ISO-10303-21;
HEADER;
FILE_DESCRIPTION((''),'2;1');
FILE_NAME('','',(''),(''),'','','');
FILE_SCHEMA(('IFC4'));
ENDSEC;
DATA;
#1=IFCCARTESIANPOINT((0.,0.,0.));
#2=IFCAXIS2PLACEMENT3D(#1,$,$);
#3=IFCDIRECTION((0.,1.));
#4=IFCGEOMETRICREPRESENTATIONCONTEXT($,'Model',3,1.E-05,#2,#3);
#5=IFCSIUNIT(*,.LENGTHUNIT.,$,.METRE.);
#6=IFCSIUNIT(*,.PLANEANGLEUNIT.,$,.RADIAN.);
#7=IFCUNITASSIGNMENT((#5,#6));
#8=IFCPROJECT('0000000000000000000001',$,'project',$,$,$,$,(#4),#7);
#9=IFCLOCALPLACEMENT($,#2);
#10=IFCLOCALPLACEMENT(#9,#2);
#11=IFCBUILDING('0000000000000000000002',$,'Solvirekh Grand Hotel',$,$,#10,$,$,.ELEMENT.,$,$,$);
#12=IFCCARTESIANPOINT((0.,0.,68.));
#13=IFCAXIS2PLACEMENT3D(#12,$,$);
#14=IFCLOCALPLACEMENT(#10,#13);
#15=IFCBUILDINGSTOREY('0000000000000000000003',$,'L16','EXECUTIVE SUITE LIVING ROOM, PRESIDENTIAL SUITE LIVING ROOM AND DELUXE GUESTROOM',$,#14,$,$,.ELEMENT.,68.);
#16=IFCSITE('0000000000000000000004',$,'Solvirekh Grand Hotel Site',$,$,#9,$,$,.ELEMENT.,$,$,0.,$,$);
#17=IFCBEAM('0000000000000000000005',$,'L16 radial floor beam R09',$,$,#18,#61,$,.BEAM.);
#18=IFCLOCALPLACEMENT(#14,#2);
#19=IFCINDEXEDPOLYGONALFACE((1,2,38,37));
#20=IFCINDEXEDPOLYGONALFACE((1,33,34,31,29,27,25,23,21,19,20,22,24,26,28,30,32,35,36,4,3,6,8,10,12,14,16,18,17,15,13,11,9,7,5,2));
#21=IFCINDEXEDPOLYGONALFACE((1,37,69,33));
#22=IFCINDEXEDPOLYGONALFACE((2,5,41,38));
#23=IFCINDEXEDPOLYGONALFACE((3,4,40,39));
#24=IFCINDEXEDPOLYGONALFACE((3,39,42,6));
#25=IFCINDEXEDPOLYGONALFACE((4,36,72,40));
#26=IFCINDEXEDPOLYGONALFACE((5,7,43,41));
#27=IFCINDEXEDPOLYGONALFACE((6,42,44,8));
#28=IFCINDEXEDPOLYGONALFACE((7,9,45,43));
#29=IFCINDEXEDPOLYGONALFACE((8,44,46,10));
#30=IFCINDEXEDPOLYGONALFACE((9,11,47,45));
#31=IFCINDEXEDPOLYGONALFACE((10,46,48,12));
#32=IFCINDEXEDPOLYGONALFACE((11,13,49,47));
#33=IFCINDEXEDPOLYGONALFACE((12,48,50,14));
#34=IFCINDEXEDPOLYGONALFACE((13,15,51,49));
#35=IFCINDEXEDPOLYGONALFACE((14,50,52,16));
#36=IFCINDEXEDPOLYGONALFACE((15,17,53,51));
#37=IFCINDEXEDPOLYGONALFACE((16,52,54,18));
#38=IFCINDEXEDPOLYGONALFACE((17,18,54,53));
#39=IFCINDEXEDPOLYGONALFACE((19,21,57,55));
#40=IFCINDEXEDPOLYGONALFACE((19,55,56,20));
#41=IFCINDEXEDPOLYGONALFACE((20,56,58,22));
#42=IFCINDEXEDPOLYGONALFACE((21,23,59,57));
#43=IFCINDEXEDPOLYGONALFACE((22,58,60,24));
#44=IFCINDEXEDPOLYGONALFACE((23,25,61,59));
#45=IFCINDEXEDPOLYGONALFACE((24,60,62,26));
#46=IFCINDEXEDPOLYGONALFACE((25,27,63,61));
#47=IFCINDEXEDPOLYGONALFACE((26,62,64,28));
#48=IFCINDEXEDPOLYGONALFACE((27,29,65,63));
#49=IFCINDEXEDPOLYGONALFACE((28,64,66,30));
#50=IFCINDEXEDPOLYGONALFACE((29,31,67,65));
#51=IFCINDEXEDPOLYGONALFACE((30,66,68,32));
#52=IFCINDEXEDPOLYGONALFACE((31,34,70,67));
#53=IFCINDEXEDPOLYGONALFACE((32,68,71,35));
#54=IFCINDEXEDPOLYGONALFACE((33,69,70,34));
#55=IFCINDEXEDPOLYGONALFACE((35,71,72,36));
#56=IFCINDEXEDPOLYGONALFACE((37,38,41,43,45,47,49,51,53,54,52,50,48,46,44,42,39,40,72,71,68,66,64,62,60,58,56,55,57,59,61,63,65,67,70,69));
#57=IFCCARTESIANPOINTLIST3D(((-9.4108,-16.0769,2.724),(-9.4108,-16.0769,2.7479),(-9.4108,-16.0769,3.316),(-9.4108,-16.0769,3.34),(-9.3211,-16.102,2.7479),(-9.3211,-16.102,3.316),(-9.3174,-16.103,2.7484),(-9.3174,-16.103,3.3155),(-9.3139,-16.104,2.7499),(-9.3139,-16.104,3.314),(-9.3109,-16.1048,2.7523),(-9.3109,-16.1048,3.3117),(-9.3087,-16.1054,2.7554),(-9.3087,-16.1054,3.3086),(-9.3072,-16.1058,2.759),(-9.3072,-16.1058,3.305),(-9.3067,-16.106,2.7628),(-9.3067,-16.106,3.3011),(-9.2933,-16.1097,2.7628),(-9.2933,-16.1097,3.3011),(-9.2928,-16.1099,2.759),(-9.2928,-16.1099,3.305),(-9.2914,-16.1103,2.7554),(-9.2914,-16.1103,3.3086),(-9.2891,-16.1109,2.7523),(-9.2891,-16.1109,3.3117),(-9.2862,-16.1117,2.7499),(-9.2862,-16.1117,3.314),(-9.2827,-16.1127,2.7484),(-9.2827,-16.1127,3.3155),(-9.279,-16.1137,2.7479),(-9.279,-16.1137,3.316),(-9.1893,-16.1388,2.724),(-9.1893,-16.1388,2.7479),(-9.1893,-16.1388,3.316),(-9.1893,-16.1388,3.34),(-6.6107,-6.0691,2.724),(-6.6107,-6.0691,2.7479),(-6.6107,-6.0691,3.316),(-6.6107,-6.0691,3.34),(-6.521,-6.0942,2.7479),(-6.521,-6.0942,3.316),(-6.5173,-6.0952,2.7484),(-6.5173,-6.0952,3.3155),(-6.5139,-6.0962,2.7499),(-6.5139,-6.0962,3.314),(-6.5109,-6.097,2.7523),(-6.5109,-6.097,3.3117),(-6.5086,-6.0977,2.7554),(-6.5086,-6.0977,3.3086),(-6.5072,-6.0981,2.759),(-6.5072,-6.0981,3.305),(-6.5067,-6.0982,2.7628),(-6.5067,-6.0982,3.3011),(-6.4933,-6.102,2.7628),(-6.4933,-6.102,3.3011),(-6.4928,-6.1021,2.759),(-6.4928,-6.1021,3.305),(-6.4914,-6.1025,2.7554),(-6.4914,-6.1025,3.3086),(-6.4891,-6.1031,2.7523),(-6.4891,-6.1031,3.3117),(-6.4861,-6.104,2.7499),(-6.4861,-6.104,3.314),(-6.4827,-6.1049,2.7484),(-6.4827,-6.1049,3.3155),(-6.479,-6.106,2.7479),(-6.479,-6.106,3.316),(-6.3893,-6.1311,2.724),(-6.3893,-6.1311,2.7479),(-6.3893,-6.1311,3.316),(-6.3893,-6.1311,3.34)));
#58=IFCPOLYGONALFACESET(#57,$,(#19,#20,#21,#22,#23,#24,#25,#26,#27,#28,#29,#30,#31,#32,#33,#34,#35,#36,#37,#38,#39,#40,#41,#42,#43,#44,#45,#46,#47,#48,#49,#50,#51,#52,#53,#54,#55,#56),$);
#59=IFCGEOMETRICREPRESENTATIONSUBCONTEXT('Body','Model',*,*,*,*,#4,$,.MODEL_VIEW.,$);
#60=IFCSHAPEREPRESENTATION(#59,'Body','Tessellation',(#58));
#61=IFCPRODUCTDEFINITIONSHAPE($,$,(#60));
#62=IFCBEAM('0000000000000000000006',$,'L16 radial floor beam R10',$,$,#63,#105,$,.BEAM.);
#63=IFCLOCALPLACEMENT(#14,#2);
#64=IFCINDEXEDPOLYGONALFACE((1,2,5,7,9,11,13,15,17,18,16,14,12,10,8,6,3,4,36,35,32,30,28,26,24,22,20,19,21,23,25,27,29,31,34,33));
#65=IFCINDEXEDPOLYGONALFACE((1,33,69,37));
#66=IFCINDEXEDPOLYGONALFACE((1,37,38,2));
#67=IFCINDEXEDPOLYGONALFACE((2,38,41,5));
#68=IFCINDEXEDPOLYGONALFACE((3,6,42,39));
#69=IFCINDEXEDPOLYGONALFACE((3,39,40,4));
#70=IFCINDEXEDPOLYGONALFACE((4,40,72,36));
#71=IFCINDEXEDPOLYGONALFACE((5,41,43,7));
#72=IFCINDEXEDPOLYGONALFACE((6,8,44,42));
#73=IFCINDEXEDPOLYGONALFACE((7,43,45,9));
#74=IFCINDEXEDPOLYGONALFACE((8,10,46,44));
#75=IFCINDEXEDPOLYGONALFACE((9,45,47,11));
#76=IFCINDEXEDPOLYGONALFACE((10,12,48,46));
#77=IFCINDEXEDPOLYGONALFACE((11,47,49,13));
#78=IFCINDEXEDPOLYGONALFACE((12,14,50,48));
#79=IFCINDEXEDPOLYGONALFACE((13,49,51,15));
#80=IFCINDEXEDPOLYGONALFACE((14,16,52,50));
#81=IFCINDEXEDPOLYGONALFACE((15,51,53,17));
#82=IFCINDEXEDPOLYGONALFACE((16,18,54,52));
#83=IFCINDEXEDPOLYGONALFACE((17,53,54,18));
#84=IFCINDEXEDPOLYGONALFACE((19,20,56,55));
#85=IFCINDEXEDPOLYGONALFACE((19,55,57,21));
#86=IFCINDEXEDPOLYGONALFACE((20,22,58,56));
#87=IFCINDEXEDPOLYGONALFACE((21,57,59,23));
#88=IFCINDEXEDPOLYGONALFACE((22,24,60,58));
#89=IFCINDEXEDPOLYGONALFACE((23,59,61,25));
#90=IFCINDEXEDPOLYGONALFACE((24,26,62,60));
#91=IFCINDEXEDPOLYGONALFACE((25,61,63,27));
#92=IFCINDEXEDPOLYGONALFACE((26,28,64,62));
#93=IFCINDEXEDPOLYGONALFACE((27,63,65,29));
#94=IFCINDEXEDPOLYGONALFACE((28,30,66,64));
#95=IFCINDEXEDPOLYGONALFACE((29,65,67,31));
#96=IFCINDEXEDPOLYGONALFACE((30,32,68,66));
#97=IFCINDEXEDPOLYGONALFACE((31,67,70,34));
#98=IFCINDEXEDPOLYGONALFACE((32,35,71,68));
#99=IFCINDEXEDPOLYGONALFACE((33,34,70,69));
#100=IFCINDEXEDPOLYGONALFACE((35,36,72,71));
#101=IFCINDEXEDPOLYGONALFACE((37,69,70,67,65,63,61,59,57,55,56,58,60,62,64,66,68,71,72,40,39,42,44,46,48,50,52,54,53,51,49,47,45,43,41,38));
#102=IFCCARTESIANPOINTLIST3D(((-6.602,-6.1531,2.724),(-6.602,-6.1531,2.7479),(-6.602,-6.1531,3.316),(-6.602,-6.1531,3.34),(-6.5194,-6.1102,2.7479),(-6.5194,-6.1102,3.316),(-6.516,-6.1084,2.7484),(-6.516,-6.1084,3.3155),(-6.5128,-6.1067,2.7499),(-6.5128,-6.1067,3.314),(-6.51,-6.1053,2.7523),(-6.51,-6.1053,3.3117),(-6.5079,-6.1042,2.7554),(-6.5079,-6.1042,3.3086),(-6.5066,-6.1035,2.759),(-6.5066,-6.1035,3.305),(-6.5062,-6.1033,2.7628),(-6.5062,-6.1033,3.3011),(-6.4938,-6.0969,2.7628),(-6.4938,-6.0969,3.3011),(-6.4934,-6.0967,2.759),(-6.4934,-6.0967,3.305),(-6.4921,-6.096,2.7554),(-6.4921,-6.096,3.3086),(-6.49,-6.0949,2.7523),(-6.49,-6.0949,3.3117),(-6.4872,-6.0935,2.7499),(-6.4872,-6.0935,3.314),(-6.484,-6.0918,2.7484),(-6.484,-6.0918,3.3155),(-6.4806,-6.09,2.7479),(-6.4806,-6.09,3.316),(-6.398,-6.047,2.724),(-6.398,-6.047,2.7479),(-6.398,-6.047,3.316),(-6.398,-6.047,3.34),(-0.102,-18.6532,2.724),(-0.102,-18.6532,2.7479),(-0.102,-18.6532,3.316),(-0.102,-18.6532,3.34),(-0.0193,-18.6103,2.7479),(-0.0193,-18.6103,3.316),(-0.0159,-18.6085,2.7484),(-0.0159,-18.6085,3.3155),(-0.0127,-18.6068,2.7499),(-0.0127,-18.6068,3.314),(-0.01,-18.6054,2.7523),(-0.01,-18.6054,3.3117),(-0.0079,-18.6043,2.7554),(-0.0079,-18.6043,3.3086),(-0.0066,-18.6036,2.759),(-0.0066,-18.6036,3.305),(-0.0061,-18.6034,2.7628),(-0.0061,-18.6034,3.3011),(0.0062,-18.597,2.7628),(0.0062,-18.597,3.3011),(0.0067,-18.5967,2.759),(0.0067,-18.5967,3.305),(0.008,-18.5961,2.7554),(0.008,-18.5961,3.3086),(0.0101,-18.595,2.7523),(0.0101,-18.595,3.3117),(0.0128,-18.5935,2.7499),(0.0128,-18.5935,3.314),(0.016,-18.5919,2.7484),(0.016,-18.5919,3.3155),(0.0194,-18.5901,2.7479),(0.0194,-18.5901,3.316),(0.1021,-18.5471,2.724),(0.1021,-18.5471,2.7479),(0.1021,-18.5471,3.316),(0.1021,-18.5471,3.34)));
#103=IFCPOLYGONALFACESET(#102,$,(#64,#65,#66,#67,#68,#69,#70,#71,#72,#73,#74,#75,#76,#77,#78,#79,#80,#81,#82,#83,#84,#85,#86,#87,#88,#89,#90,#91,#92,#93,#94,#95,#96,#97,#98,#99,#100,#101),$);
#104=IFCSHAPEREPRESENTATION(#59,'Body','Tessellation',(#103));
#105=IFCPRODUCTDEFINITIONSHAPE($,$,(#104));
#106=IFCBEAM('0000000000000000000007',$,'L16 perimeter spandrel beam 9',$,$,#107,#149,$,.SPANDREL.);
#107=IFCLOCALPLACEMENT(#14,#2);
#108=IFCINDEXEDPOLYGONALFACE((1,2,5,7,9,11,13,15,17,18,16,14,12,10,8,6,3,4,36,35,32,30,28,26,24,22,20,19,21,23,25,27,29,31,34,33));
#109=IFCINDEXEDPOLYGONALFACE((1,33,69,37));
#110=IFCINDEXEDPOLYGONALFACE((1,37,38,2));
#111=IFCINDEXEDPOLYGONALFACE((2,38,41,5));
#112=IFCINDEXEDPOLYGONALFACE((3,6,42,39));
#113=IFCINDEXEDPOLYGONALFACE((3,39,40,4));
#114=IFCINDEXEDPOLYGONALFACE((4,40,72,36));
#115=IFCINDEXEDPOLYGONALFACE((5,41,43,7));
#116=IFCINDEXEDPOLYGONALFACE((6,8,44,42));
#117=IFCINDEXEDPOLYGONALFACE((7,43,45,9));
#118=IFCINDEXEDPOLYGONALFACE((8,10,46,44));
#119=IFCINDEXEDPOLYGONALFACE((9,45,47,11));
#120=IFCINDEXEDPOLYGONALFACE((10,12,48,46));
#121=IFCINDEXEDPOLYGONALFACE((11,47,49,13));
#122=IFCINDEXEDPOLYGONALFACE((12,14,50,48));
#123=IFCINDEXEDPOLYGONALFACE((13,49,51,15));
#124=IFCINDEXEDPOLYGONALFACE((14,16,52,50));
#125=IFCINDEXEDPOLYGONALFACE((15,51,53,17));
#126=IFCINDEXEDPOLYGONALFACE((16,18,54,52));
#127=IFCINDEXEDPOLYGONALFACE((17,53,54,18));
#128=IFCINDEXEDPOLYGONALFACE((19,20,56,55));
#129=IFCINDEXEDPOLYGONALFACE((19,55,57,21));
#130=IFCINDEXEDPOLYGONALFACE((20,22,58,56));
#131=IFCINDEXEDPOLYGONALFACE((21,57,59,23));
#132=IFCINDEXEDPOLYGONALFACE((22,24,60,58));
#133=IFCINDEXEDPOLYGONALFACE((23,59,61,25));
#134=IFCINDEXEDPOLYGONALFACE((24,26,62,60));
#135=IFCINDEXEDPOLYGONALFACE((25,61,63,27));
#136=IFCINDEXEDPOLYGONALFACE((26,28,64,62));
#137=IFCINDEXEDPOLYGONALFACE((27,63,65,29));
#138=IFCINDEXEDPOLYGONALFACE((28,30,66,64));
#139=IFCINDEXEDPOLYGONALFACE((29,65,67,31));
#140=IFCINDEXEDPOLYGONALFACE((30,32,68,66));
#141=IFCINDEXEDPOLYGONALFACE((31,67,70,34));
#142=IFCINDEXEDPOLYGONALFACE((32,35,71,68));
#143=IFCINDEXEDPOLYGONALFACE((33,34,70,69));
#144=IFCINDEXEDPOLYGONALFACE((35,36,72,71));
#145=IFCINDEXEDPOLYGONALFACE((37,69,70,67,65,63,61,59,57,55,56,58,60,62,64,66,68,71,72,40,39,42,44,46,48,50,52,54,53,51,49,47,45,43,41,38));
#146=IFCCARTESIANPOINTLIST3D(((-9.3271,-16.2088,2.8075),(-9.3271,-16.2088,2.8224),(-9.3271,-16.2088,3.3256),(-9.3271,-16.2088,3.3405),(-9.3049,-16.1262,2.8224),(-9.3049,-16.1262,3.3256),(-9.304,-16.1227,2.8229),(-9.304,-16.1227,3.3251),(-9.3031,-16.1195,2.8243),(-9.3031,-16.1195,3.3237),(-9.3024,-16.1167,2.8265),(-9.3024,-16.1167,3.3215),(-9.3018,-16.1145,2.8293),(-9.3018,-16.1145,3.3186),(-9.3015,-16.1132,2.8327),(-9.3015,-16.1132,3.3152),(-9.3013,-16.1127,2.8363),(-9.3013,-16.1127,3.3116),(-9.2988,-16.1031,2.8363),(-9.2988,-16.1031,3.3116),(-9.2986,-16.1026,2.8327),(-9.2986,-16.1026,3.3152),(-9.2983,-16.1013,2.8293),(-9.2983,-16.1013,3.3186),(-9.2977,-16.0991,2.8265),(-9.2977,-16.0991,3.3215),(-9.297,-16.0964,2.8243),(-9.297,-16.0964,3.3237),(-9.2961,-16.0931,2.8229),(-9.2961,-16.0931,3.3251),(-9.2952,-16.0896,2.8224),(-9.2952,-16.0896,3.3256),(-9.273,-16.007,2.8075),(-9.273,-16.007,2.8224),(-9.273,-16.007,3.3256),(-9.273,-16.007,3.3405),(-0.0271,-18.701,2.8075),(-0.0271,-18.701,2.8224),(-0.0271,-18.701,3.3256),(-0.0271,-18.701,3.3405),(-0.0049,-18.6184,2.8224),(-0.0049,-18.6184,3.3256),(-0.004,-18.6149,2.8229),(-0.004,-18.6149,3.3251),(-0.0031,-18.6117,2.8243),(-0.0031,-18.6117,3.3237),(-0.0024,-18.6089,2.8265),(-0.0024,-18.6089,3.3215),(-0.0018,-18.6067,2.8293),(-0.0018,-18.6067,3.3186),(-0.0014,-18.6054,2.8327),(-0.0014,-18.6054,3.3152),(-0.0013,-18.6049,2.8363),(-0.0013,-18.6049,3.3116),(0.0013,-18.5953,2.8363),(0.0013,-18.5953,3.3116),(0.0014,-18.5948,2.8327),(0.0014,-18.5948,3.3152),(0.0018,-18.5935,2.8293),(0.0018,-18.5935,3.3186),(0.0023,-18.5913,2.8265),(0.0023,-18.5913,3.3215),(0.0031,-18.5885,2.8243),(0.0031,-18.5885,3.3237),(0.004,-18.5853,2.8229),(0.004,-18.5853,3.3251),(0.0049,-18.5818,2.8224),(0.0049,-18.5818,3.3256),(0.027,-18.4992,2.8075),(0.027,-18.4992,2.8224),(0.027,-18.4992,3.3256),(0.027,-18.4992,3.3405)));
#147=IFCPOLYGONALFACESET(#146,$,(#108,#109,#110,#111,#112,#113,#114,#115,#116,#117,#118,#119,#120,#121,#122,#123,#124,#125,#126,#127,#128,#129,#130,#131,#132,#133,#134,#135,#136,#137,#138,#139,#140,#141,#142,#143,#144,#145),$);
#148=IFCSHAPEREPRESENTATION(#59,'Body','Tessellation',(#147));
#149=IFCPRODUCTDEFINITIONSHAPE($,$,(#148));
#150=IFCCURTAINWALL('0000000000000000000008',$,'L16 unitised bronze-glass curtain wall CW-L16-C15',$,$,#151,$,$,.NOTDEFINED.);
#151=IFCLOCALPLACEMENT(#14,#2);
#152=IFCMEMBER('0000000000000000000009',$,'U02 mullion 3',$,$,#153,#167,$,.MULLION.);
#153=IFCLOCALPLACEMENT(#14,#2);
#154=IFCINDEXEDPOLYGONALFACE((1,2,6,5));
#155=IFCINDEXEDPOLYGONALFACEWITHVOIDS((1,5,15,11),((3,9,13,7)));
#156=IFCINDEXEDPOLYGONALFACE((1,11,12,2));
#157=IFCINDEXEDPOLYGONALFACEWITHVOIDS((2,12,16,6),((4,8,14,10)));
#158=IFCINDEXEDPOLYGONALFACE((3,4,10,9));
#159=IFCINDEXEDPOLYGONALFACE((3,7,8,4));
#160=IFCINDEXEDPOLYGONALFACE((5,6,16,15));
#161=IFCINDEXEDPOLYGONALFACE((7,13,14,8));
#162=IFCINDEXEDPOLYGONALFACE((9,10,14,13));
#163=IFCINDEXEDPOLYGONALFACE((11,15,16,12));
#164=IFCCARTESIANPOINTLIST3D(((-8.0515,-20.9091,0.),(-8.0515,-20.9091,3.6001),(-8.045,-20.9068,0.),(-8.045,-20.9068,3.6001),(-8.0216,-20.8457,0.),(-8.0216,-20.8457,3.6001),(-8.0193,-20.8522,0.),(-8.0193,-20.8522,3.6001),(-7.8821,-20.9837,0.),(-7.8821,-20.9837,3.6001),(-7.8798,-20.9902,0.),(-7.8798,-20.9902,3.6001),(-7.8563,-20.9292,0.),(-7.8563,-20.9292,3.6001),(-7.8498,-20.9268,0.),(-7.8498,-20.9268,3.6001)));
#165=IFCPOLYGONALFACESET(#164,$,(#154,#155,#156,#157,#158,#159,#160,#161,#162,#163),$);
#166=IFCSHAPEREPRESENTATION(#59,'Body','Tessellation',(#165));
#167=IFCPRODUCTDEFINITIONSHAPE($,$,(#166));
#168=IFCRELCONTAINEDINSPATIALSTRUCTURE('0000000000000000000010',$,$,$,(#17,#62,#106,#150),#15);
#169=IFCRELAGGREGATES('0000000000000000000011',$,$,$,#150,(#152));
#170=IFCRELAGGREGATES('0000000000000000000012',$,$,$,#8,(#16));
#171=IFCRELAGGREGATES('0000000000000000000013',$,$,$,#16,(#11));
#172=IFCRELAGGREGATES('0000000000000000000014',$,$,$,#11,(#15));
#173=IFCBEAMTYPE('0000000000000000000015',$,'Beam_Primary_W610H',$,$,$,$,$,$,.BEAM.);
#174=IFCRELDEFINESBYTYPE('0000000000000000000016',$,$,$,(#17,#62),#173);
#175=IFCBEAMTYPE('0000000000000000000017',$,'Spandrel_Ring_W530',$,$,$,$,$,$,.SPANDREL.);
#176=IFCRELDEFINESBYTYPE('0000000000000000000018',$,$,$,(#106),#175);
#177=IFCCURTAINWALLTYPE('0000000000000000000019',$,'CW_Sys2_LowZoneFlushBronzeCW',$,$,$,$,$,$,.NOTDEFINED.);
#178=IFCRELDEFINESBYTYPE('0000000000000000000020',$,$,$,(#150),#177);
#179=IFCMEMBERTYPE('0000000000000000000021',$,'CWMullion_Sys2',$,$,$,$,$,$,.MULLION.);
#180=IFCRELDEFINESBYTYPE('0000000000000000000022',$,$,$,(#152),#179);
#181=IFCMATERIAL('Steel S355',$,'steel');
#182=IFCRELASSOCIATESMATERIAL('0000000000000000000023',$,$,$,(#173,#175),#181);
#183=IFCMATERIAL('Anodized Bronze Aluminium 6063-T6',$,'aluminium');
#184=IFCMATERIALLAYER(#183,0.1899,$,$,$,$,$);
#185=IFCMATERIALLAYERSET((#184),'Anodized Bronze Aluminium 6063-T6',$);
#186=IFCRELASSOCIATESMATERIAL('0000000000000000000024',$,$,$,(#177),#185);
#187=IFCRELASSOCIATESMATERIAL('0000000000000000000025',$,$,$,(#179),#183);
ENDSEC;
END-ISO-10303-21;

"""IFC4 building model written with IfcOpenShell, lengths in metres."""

from ifc_helpers import new_model, si_unit, direction, frame, origin, origin_2d, place, context, subcontext, project, spatial, hollow_rectangle, i_section, extrude, source, transform, mapped, material, layer, layer_set, material_profile, profile_set, type_object, element, aggregate, save


model = new_model("IFC4")

# Units and contexts
model_context = context("Model", 3, precision=1e-05, world=origin(), true_north=direction((0.0, 1.0)))
body_context = subcontext(model_context, "Body", "Model", "MODEL_VIEW")
ifc_project = project(units=[si_unit("LENGTHUNIT", "METRE"), si_unit("PLANEANGLEUNIT", "RADIAN")], contexts=[model_context])

# Site, building, storey
site_placement = place(None, origin())
site = spatial("IfcSite", under=ifc_project, at=site_placement, Name="Solvirekh Grand Hotel Site", CompositionType="ELEMENT", RefElevation=0.0)
building_placement = place(site_placement, origin())
building = spatial("IfcBuilding", under=site, at=building_placement, Name="Solvirekh Grand Hotel", CompositionType="ELEMENT")
storey_placement = place(building_placement, frame((0.0, 0.0, 68.0)))
storey = spatial("IfcBuildingStorey", under=building, at=storey_placement, Name="L16", Description="EXECUTIVE SUITE LIVING ROOM, PRESIDENTIAL SUITE LIVING ROOM AND DELUXE GUESTROOM", CompositionType="ELEMENT", Elevation=68.0)

# Beams
ifc_material_1 = material(Name="Steel S355", Category="steel")
ifc_material_profile_1 = material_profile(ifc_material_1, i_section(OverallWidth=0.23, OverallDepth=0.616, WebThickness=0.0139, FlangeThickness=0.0239, FilletRadius=0.0149, at=origin_2d()), Name="W610X174")
ifc_profile_set_1 = profile_set([ifc_material_profile_1], Name="Steel S355")
beam_type_1 = type_object("IfcBeamType", Name="Beam_Primary_W610H", PredefinedType="BEAM", material=ifc_profile_set_1)
beam_1_placement = place(storey_placement, frame((-6.5, -6.1001, 3.032), z_axis=(-0.269439, -0.963017, 0.0), x_axis=(0.963017, -0.269439, 0.0)))
element("IfcBeam", 1, at=beam_1_placement, inside=storey, type_object=beam_type_1, Name="L16 radial floor beam R09", PredefinedType="BEAM", context=body_context, shape_type="SweptSolid", body=[
    extrude(i_section(OverallWidth=0.23, OverallDepth=0.616, WebThickness=0.0139, FlangeThickness=0.0239, FilletRadius=0.0149, at=origin_2d()), origin(), (0.0, 0.0, 1.0), 10.3921),
])
beam_2_placement = place(storey_placement, frame((-6.5, -6.1001, 3.032), z_axis=(0.461353, -0.887217, 0.0), x_axis=(0.887217, 0.461353, 0.0)))
element("IfcBeam", 2, at=beam_2_placement, inside=storey, type_object=beam_type_1, Name="L16 radial floor beam R10", PredefinedType="BEAM", context=body_context, shape_type="SweptSolid", body=[
    extrude(i_section(OverallWidth=0.23, OverallDepth=0.616, WebThickness=0.0139, FlangeThickness=0.0239, FilletRadius=0.0149, at=origin_2d()), origin(), (0.0, 0.0, 1.0), 14.0891),
])
ifc_material_profile_2 = material_profile(ifc_material_1, i_section(OverallWidth=0.209, OverallDepth=0.533, WebThickness=0.01, FlangeThickness=0.0149, FilletRadius=0.0139, at=origin_2d()), Name="W530X92")
ifc_profile_set_2 = profile_set([ifc_material_profile_2], Name="Steel S355")
beam_type_2 = type_object("IfcBeamType", Name="Spandrel_Ring_W530", PredefinedType="SPANDREL", material=ifc_profile_set_2)
beam_3_placement = place(storey_placement, frame((-9.3, -16.1079, 3.074), z_axis=(0.965919, -0.258843, 0.0), x_axis=(0.258843, 0.965919, 0.0)))
element("IfcBeam", 3, at=beam_3_placement, inside=storey, type_object=beam_type_2, Name="L16 perimeter spandrel beam 9", PredefinedType="SPANDREL", context=body_context, shape_type="SweptSolid", body=[
    extrude(i_section(OverallWidth=0.209, OverallDepth=0.533, WebThickness=0.01, FlangeThickness=0.0149, FilletRadius=0.0139, at=origin_2d()), origin(), (0.0, 0.0, 1.0), 9.6282),
])

# Curtain wall, member
ifc_material_2 = material(Name="Anodized Bronze Aluminium 6063-T6", Category="aluminium")
ifc_layer_1 = layer(ifc_material_2, 0.1899)
ifc_layer_set_1 = layer_set([ifc_layer_1], Name="Anodized Bronze Aluminium 6063-T6")
curtain_wall_type = type_object("IfcCurtainWallType", Name="CW_Sys2_LowZoneFlushBronzeCW", PredefinedType="NOTDEFINED", material=ifc_layer_set_1)
curtain_wall_placement = place(storey_placement, origin())
curtain_wall = element("IfcCurtainWall", 4, at=curtain_wall_placement, inside=storey, type_object=curtain_wall_type, Name="L16 unitised bronze-glass curtain wall CW-L16-C15", PredefinedType="NOTDEFINED")
ifc_material_profile_3 = material_profile(ifc_material_2, hollow_rectangle(XDim=0.0701, YDim=0.1899, WallThickness=0.0049, at=origin_2d()), Name="ALU RHS 190X70X5")
ifc_profile_set_3 = profile_set([ifc_material_profile_3], Name="Anodized Bronze Aluminium 6063-T6")
member_type = type_object("IfcMemberType", Name="CWMullion_Sys2", PredefinedType="MULLION", material=ifc_profile_set_3)
shared_shape = source(origin(), body_context, "Body", "SweptSolid", [
    extrude(hollow_rectangle(XDim=0.0701, YDim=0.1899, WallThickness=0.0049, at=origin_2d()), origin(), (0.0, 0.0, 1.0), 3.6001),
])
member_placement = place(storey_placement, frame((-7.9507, -20.918, 0.0), z_axis=(0.0, 0.0, 1.0), x_axis=(0.426942, 0.904279, 0.0)))
member = element("IfcMember", 5, at=member_placement, type_object=member_type, Name="U02 mullion 3", PredefinedType="MULLION", context=body_context, shape_type="MappedRepresentation", body=[
    mapped(shared_shape, transform((0.0, 0.0, 0.0), x_axis=(1.0, 0.0, 0.0), y_axis=(0.0, 1.0, 0.0), z_axis=(0.0, 0.0, 1.0), scale=1.0)),
])
aggregate(curtain_wall, [member])

save(model, "model.ifc")
